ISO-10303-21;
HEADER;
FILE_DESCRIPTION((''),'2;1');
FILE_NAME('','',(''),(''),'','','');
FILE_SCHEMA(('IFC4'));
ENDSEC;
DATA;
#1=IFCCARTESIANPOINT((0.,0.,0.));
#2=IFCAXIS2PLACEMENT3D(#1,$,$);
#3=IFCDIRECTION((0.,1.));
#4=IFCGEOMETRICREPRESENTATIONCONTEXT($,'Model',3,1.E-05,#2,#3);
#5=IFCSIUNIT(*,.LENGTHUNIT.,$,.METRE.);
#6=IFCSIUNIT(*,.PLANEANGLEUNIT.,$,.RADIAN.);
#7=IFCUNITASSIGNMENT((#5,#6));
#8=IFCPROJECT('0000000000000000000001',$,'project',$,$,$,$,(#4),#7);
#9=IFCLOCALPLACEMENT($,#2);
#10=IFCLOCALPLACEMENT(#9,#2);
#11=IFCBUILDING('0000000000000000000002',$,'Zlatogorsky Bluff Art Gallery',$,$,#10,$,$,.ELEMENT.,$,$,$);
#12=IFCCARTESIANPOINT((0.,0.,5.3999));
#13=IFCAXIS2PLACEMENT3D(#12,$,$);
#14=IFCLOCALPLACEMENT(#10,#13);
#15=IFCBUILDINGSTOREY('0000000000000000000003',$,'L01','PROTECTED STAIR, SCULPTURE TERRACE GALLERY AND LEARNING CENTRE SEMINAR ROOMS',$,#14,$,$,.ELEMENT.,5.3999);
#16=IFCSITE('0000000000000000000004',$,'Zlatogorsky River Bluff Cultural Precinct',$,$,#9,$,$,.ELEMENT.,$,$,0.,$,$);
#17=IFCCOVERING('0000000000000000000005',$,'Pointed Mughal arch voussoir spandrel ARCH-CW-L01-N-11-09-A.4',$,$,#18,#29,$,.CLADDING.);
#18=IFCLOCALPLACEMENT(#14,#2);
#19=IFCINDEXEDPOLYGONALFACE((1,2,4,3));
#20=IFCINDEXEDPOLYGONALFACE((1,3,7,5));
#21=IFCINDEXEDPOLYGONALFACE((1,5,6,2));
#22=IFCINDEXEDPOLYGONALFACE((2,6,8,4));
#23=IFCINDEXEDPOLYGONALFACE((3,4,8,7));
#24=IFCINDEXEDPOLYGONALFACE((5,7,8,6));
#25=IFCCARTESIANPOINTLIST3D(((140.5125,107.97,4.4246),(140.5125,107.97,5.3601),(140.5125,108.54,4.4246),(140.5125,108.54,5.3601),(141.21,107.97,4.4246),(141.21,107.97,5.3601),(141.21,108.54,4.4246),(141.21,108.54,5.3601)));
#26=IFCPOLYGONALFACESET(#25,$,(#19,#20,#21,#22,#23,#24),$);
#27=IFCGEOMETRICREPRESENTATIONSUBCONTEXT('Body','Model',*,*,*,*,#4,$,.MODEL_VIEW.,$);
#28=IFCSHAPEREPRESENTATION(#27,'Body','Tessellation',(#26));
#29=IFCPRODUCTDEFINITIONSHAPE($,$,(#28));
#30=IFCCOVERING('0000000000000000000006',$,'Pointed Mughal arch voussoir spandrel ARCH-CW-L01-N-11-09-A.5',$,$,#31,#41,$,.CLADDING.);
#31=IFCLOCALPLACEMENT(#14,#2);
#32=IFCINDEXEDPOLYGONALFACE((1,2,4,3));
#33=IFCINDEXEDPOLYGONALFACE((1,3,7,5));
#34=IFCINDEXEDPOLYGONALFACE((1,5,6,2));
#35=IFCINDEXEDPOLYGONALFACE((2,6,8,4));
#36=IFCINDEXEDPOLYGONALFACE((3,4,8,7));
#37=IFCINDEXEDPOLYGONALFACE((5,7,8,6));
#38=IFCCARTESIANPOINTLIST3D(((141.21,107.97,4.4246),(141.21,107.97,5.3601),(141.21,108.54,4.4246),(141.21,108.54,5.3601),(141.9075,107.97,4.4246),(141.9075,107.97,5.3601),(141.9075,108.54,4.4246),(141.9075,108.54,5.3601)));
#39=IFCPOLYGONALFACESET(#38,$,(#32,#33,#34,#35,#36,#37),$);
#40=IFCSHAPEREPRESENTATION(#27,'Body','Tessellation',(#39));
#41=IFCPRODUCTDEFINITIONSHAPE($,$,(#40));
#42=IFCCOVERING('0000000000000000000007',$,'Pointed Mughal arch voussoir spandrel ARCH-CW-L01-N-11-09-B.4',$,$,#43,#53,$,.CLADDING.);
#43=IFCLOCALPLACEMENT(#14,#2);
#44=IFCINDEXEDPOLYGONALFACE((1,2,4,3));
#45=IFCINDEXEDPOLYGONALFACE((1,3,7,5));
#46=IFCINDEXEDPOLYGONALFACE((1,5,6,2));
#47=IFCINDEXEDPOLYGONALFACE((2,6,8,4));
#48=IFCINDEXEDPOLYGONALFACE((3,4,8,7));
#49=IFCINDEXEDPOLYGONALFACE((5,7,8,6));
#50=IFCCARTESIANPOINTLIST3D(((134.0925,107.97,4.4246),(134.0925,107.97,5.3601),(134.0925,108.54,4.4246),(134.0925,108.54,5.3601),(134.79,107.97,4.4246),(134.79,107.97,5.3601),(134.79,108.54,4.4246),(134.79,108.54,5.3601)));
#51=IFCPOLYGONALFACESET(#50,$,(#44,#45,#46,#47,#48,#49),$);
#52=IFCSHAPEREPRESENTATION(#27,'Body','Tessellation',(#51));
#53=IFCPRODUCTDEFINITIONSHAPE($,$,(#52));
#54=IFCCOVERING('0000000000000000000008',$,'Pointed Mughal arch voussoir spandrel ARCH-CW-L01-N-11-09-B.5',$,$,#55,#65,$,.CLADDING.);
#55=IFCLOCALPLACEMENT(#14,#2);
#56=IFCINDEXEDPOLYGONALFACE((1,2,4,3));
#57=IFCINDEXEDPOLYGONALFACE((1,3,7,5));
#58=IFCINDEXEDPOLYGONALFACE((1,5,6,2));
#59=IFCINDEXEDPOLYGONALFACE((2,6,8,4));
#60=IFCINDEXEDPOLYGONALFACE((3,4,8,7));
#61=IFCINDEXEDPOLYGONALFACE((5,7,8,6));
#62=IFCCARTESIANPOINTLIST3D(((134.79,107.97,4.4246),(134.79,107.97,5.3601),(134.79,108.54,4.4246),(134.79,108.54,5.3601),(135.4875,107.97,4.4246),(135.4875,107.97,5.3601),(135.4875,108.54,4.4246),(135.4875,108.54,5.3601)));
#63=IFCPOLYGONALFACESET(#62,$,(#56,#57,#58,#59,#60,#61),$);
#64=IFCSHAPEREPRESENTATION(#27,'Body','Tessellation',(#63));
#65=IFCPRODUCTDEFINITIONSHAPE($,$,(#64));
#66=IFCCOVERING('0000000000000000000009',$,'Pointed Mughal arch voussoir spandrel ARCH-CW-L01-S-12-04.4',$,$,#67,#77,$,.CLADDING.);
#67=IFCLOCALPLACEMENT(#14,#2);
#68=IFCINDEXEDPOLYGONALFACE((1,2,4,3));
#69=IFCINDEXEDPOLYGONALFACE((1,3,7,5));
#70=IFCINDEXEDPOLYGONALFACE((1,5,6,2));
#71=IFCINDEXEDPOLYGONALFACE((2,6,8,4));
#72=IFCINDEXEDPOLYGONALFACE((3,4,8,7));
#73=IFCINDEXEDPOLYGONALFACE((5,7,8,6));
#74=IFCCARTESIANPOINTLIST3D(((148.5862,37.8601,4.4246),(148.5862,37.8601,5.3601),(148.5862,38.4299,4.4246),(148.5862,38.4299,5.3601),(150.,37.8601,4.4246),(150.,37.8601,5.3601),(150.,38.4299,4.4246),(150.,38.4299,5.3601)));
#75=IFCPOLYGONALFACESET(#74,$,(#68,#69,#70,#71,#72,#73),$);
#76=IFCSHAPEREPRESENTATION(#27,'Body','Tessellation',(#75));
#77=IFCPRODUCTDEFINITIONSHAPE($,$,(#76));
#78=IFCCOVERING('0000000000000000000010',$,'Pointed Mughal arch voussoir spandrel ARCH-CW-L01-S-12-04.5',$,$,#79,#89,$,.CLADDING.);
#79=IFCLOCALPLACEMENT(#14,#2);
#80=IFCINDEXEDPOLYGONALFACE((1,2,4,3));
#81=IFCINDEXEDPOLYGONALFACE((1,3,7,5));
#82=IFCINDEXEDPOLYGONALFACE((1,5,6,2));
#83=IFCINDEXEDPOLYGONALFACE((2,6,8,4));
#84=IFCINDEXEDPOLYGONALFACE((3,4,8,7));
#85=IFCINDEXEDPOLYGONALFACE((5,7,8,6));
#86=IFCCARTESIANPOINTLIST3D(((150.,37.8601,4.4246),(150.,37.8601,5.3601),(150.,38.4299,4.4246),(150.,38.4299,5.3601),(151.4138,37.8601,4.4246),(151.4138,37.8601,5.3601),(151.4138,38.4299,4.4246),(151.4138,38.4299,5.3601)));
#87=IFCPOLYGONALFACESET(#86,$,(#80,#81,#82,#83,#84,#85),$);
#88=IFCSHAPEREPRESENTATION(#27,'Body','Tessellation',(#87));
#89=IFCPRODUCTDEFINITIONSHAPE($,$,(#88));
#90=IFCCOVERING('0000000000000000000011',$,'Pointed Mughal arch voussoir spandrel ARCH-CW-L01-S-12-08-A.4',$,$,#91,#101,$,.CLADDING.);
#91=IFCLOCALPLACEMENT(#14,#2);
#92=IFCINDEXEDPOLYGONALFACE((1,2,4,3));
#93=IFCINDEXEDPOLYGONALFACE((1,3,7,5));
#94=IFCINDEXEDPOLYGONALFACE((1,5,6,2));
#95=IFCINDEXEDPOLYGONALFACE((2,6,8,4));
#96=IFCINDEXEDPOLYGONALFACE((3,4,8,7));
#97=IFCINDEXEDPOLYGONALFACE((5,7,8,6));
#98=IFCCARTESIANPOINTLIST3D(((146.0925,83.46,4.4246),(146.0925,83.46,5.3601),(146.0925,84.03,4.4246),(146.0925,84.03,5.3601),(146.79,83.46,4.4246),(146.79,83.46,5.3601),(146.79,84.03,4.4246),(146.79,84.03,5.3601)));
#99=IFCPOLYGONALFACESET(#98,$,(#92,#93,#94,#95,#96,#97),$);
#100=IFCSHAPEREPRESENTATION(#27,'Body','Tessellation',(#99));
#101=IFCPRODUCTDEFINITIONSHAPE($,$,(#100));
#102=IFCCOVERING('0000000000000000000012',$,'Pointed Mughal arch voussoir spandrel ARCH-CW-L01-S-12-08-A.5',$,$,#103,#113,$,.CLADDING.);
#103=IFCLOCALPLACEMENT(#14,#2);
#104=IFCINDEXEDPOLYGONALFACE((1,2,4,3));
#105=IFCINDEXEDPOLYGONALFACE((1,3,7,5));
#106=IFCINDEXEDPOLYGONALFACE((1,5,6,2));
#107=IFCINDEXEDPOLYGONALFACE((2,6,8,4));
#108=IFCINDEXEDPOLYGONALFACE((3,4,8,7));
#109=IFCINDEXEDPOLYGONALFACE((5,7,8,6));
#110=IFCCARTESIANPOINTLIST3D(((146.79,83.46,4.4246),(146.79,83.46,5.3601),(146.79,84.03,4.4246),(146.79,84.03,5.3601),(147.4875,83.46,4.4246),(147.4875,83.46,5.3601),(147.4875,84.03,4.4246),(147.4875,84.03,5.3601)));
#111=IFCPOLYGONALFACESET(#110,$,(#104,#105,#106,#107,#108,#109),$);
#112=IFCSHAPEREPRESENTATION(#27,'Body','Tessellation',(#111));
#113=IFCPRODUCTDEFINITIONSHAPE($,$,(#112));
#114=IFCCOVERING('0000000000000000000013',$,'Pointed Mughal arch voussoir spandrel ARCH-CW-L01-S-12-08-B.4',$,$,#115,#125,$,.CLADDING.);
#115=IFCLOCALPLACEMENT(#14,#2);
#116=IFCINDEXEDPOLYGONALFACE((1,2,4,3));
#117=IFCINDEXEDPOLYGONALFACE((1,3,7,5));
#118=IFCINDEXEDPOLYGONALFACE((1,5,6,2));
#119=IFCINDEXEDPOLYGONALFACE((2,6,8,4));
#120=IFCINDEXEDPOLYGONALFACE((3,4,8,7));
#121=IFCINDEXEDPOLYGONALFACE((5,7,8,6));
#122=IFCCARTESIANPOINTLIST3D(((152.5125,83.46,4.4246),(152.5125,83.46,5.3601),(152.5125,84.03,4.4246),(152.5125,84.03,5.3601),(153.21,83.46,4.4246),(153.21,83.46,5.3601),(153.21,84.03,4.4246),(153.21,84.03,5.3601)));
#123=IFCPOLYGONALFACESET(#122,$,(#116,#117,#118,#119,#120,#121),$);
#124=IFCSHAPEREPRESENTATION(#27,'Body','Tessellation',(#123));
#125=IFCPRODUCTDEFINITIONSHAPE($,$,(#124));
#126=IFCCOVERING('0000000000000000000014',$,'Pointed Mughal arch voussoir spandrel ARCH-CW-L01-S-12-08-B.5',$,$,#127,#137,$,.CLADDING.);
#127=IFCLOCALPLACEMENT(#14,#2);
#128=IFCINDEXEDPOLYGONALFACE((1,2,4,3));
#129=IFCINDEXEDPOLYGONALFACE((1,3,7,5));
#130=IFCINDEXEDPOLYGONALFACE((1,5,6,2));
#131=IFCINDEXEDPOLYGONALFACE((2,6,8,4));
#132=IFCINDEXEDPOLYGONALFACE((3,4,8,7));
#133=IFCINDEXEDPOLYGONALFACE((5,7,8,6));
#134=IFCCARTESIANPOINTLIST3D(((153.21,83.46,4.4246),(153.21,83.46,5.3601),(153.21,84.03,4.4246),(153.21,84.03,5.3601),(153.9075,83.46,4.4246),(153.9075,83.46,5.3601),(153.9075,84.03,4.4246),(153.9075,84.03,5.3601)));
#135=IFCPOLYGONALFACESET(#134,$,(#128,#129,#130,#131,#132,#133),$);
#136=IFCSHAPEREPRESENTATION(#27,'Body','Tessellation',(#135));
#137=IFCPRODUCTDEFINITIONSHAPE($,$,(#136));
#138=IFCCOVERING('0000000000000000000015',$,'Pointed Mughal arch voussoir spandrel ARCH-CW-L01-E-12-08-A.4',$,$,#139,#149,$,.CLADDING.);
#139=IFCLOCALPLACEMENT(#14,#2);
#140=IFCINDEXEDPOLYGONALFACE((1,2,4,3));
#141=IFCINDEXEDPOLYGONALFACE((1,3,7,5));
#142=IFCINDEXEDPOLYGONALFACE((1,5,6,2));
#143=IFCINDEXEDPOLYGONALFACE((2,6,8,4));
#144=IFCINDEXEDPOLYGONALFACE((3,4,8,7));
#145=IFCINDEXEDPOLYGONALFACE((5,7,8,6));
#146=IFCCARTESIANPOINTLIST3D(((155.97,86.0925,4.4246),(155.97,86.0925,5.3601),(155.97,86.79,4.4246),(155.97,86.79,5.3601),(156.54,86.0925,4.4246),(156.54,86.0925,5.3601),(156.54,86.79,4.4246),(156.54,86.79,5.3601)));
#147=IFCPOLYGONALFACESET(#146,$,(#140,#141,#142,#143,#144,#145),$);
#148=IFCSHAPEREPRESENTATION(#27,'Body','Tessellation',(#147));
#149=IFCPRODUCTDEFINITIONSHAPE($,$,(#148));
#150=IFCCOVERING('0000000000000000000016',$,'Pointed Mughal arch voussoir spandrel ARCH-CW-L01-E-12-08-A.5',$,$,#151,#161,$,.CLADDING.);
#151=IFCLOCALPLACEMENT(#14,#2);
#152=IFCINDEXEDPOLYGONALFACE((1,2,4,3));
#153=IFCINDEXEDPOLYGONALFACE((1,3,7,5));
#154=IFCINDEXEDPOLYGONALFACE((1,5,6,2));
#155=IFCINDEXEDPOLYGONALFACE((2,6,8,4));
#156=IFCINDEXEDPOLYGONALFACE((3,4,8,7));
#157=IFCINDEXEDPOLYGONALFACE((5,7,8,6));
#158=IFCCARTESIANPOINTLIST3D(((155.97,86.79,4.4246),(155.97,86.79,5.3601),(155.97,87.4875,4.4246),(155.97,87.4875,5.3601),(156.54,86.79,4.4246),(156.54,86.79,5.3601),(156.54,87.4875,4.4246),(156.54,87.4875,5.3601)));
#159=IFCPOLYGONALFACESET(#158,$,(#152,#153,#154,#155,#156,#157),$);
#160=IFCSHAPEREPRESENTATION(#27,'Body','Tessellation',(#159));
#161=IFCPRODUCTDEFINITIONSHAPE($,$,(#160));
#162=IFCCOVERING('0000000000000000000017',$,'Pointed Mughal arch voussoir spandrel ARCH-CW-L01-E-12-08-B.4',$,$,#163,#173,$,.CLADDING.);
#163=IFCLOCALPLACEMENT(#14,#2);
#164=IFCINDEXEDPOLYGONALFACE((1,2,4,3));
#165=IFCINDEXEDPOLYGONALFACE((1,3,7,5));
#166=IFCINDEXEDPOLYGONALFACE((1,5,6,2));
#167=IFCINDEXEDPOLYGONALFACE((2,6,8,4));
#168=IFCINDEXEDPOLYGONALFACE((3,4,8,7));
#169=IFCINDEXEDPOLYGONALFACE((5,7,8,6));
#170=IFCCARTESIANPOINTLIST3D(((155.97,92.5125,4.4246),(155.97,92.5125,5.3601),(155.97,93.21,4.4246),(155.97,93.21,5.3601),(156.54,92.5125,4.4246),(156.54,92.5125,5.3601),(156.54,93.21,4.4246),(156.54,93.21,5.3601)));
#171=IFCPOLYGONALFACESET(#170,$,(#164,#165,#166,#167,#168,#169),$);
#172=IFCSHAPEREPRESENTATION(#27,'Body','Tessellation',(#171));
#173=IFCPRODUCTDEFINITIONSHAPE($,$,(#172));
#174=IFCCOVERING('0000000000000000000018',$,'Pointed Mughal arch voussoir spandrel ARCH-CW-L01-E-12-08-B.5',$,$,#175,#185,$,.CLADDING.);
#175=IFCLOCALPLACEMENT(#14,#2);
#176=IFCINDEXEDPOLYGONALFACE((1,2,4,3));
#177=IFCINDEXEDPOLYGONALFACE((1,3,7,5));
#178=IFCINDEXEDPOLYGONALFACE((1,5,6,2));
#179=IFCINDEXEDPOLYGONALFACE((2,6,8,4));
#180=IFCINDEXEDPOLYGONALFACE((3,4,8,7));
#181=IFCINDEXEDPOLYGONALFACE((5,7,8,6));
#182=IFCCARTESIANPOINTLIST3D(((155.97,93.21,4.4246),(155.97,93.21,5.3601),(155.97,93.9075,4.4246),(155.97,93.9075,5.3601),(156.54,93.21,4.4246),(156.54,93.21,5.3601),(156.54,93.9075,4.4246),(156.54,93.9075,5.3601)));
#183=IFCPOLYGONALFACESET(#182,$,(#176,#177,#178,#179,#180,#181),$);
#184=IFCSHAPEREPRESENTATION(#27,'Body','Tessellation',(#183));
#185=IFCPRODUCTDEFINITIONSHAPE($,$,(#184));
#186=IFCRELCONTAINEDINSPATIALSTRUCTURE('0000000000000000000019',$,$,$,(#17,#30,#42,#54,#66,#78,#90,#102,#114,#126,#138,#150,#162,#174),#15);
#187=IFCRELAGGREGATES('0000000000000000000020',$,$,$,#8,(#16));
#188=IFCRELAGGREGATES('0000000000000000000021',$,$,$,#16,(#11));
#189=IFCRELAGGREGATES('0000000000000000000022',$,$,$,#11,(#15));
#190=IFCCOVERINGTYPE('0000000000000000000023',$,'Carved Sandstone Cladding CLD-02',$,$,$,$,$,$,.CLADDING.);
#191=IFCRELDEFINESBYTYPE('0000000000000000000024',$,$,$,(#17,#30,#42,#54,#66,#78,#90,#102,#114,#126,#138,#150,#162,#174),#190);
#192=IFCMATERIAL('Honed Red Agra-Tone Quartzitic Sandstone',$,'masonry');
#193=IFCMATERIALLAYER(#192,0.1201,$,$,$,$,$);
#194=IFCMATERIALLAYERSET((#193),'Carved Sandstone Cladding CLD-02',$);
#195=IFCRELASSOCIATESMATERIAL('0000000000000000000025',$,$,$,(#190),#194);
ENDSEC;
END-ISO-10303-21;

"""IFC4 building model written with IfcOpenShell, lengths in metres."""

from ifc_helpers import new_model, si_unit, direction, frame, origin, place, context, subcontext, project, spatial, polyline, outline, extrude, material, layer, layer_set, type_object, element, save


model = new_model("IFC4")

# Units and contexts
model_context = context("Model", 3, precision=1e-05, world=origin(), true_north=direction((0.0, 1.0)))
body_context = subcontext(model_context, "Body", "Model", "MODEL_VIEW")
ifc_project = project(units=[si_unit("LENGTHUNIT", "METRE"), si_unit("PLANEANGLEUNIT", "RADIAN")], contexts=[model_context])

# Site, building, storey
site_placement = place(None, origin())
site = spatial("IfcSite", under=ifc_project, at=site_placement, Name="Zlatogorsky River Bluff Cultural Precinct", CompositionType="ELEMENT", RefElevation=0.0)
building_placement = place(site_placement, origin())
building = spatial("IfcBuilding", under=site, at=building_placement, Name="Zlatogorsky Bluff Art Gallery", CompositionType="ELEMENT")
storey_placement = place(building_placement, frame((0.0, 0.0, 5.3999)))
storey = spatial("IfcBuildingStorey", under=building, at=storey_placement, Name="L01", Description="PROTECTED STAIR, SCULPTURE TERRACE GALLERY AND LEARNING CENTRE SEMINAR ROOMS", CompositionType="ELEMENT", Elevation=5.3999)

# Coverings
ifc_material = material(Name="Honed Red Agra-Tone Quartzitic Sandstone", Category="masonry")
ifc_layer = layer(ifc_material, 0.1201)
ifc_layer_set = layer_set([ifc_layer], Name="Carved Sandstone Cladding CLD-02")
covering_type = type_object("IfcCoveringType", Name="Carved Sandstone Cladding CLD-02", PredefinedType="CLADDING", material=ifc_layer_set)
covering_1_placement = place(storey_placement, frame((0.0, 0.0, 4.4246)))
element("IfcCovering", 1, at=covering_1_placement, inside=storey, type_object=covering_type, Name="Pointed Mughal arch voussoir spandrel ARCH-CW-L01-N-11-09-A.4", PredefinedType="CLADDING", context=body_context, shape_type="SweptSolid", body=[
    extrude(outline(polyline([(140.5125, 107.97), (141.21, 107.97), (141.21, 108.54), (140.5125, 108.54), (140.5125, 107.97)])), origin(), (0.0, 0.0, 1.0), 0.9355),
])
covering_2_placement = place(storey_placement, frame((0.0, 0.0, 4.4246)))
element("IfcCovering", 2, at=covering_2_placement, inside=storey, type_object=covering_type, Name="Pointed Mughal arch voussoir spandrel ARCH-CW-L01-N-11-09-A.5", PredefinedType="CLADDING", context=body_context, shape_type="SweptSolid", body=[
    extrude(outline(polyline([(141.21, 107.97), (141.9075, 107.97), (141.9075, 108.54), (141.21, 108.54), (141.21, 107.97)])), origin(), (0.0, 0.0, 1.0), 0.9355),
])
covering_3_placement = place(storey_placement, frame((0.0, 0.0, 4.4246)))
element("IfcCovering", 3, at=covering_3_placement, inside=storey, type_object=covering_type, Name="Pointed Mughal arch voussoir spandrel ARCH-CW-L01-N-11-09-B.4", PredefinedType="CLADDING", context=body_context, shape_type="SweptSolid", body=[
    extrude(outline(polyline([(134.0925, 107.97), (134.79, 107.97), (134.79, 108.54), (134.0925, 108.54), (134.0925, 107.97)])), origin(), (0.0, 0.0, 1.0), 0.9355),
])
covering_4_placement = place(storey_placement, frame((0.0, 0.0, 4.4246)))
element("IfcCovering", 4, at=covering_4_placement, inside=storey, type_object=covering_type, Name="Pointed Mughal arch voussoir spandrel ARCH-CW-L01-N-11-09-B.5", PredefinedType="CLADDING", context=body_context, shape_type="SweptSolid", body=[
    extrude(outline(polyline([(134.79, 107.97), (135.4875, 107.97), (135.4875, 108.54), (134.79, 108.54), (134.79, 107.97)])), origin(), (0.0, 0.0, 1.0), 0.9355),
])
covering_5_placement = place(storey_placement, frame((0.0, 0.0, 4.4246)))
element("IfcCovering", 5, at=covering_5_placement, inside=storey, type_object=covering_type, Name="Pointed Mughal arch voussoir spandrel ARCH-CW-L01-S-12-04.4", PredefinedType="CLADDING", context=body_context, shape_type="SweptSolid", body=[
    extrude(outline(polyline([(148.5862, 37.8601), (150.0, 37.8601), (150.0, 38.4299), (148.5862, 38.4299), (148.5862, 37.8601)])), origin(), (0.0, 0.0, 1.0), 0.9355),
])
covering_6_placement = place(storey_placement, frame((0.0, 0.0, 4.4246)))
element("IfcCovering", 6, at=covering_6_placement, inside=storey, type_object=covering_type, Name="Pointed Mughal arch voussoir spandrel ARCH-CW-L01-S-12-04.5", PredefinedType="CLADDING", context=body_context, shape_type="SweptSolid", body=[
    extrude(outline(polyline([(150.0, 37.8601), (151.4138, 37.8601), (151.4138, 38.4299), (150.0, 38.4299), (150.0, 37.8601)])), origin(), (0.0, 0.0, 1.0), 0.9355),
])
covering_7_placement = place(storey_placement, frame((0.0, 0.0, 4.4246)))
element("IfcCovering", 7, at=covering_7_placement, inside=storey, type_object=covering_type, Name="Pointed Mughal arch voussoir spandrel ARCH-CW-L01-S-12-08-A.4", PredefinedType="CLADDING", context=body_context, shape_type="SweptSolid", body=[
    extrude(outline(polyline([(146.0925, 83.46), (146.79, 83.46), (146.79, 84.03), (146.0925, 84.03), (146.0925, 83.46)])), origin(), (0.0, 0.0, 1.0), 0.9355),
])
covering_8_placement = place(storey_placement, frame((0.0, 0.0, 4.4246)))
element("IfcCovering", 8, at=covering_8_placement, inside=storey, type_object=covering_type, Name="Pointed Mughal arch voussoir spandrel ARCH-CW-L01-S-12-08-A.5", PredefinedType="CLADDING", context=body_context, shape_type="SweptSolid", body=[
    extrude(outline(polyline([(146.79, 83.46), (147.4875, 83.46), (147.4875, 84.03), (146.79, 84.03), (146.79, 83.46)])), origin(), (0.0, 0.0, 1.0), 0.9355),
])
covering_9_placement = place(storey_placement, frame((0.0, 0.0, 4.4246)))
element("IfcCovering", 9, at=covering_9_placement, inside=storey, type_object=covering_type, Name="Pointed Mughal arch voussoir spandrel ARCH-CW-L01-S-12-08-B.4", PredefinedType="CLADDING", context=body_context, shape_type="SweptSolid", body=[
    extrude(outline(polyline([(152.5125, 83.46), (153.21, 83.46), (153.21, 84.03), (152.5125, 84.03), (152.5125, 83.46)])), origin(), (0.0, 0.0, 1.0), 0.9355),
])
covering_10_placement = place(storey_placement, frame((0.0, 0.0, 4.4246)))
element("IfcCovering", 10, at=covering_10_placement, inside=storey, type_object=covering_type, Name="Pointed Mughal arch voussoir spandrel ARCH-CW-L01-S-12-08-B.5", PredefinedType="CLADDING", context=body_context, shape_type="SweptSolid", body=[
    extrude(outline(polyline([(153.21, 83.46), (153.9075, 83.46), (153.9075, 84.03), (153.21, 84.03), (153.21, 83.46)])), origin(), (0.0, 0.0, 1.0), 0.9355),
])
covering_11_placement = place(storey_placement, frame((0.0, 0.0, 4.4246)))
element("IfcCovering", 11, at=covering_11_placement, inside=storey, type_object=covering_type, Name="Pointed Mughal arch voussoir spandrel ARCH-CW-L01-E-12-08-A.4", PredefinedType="CLADDING", context=body_context, shape_type="SweptSolid", body=[
    extrude(outline(polyline([(155.97, 86.0925), (155.97, 86.79), (156.54, 86.79), (156.54, 86.0925), (155.97, 86.0925)])), origin(), (0.0, 0.0, 1.0), 0.9355),
])
covering_12_placement = place(storey_placement, frame((0.0, 0.0, 4.4246)))
element("IfcCovering", 12, at=covering_12_placement, inside=storey, type_object=covering_type, Name="Pointed Mughal arch voussoir spandrel ARCH-CW-L01-E-12-08-A.5", PredefinedType="CLADDING", context=body_context, shape_type="SweptSolid", body=[
    extrude(outline(polyline([(155.97, 86.79), (155.97, 87.4875), (156.54, 87.4875), (156.54, 86.79), (155.97, 86.79)])), origin(), (0.0, 0.0, 1.0), 0.9355),
])
covering_13_placement = place(storey_placement, frame((0.0, 0.0, 4.4246)))
element("IfcCovering", 13, at=covering_13_placement, inside=storey, type_object=covering_type, Name="Pointed Mughal arch voussoir spandrel ARCH-CW-L01-E-12-08-B.4", PredefinedType="CLADDING", context=body_context, shape_type="SweptSolid", body=[
    extrude(outline(polyline([(155.97, 92.5125), (155.97, 93.21), (156.54, 93.21), (156.54, 92.5125), (155.97, 92.5125)])), origin(), (0.0, 0.0, 1.0), 0.9355),
])
covering_14_placement = place(storey_placement, frame((0.0, 0.0, 4.4246)))
element("IfcCovering", 14, at=covering_14_placement, inside=storey, type_object=covering_type, Name="Pointed Mughal arch voussoir spandrel ARCH-CW-L01-E-12-08-B.5", PredefinedType="CLADDING", context=body_context, shape_type="SweptSolid", body=[
    extrude(outline(polyline([(155.97, 93.21), (155.97, 93.9075), (156.54, 93.9075), (156.54, 93.21), (155.97, 93.21)])), origin(), (0.0, 0.0, 1.0), 0.9355),
])

save(model, "model.ifc")
